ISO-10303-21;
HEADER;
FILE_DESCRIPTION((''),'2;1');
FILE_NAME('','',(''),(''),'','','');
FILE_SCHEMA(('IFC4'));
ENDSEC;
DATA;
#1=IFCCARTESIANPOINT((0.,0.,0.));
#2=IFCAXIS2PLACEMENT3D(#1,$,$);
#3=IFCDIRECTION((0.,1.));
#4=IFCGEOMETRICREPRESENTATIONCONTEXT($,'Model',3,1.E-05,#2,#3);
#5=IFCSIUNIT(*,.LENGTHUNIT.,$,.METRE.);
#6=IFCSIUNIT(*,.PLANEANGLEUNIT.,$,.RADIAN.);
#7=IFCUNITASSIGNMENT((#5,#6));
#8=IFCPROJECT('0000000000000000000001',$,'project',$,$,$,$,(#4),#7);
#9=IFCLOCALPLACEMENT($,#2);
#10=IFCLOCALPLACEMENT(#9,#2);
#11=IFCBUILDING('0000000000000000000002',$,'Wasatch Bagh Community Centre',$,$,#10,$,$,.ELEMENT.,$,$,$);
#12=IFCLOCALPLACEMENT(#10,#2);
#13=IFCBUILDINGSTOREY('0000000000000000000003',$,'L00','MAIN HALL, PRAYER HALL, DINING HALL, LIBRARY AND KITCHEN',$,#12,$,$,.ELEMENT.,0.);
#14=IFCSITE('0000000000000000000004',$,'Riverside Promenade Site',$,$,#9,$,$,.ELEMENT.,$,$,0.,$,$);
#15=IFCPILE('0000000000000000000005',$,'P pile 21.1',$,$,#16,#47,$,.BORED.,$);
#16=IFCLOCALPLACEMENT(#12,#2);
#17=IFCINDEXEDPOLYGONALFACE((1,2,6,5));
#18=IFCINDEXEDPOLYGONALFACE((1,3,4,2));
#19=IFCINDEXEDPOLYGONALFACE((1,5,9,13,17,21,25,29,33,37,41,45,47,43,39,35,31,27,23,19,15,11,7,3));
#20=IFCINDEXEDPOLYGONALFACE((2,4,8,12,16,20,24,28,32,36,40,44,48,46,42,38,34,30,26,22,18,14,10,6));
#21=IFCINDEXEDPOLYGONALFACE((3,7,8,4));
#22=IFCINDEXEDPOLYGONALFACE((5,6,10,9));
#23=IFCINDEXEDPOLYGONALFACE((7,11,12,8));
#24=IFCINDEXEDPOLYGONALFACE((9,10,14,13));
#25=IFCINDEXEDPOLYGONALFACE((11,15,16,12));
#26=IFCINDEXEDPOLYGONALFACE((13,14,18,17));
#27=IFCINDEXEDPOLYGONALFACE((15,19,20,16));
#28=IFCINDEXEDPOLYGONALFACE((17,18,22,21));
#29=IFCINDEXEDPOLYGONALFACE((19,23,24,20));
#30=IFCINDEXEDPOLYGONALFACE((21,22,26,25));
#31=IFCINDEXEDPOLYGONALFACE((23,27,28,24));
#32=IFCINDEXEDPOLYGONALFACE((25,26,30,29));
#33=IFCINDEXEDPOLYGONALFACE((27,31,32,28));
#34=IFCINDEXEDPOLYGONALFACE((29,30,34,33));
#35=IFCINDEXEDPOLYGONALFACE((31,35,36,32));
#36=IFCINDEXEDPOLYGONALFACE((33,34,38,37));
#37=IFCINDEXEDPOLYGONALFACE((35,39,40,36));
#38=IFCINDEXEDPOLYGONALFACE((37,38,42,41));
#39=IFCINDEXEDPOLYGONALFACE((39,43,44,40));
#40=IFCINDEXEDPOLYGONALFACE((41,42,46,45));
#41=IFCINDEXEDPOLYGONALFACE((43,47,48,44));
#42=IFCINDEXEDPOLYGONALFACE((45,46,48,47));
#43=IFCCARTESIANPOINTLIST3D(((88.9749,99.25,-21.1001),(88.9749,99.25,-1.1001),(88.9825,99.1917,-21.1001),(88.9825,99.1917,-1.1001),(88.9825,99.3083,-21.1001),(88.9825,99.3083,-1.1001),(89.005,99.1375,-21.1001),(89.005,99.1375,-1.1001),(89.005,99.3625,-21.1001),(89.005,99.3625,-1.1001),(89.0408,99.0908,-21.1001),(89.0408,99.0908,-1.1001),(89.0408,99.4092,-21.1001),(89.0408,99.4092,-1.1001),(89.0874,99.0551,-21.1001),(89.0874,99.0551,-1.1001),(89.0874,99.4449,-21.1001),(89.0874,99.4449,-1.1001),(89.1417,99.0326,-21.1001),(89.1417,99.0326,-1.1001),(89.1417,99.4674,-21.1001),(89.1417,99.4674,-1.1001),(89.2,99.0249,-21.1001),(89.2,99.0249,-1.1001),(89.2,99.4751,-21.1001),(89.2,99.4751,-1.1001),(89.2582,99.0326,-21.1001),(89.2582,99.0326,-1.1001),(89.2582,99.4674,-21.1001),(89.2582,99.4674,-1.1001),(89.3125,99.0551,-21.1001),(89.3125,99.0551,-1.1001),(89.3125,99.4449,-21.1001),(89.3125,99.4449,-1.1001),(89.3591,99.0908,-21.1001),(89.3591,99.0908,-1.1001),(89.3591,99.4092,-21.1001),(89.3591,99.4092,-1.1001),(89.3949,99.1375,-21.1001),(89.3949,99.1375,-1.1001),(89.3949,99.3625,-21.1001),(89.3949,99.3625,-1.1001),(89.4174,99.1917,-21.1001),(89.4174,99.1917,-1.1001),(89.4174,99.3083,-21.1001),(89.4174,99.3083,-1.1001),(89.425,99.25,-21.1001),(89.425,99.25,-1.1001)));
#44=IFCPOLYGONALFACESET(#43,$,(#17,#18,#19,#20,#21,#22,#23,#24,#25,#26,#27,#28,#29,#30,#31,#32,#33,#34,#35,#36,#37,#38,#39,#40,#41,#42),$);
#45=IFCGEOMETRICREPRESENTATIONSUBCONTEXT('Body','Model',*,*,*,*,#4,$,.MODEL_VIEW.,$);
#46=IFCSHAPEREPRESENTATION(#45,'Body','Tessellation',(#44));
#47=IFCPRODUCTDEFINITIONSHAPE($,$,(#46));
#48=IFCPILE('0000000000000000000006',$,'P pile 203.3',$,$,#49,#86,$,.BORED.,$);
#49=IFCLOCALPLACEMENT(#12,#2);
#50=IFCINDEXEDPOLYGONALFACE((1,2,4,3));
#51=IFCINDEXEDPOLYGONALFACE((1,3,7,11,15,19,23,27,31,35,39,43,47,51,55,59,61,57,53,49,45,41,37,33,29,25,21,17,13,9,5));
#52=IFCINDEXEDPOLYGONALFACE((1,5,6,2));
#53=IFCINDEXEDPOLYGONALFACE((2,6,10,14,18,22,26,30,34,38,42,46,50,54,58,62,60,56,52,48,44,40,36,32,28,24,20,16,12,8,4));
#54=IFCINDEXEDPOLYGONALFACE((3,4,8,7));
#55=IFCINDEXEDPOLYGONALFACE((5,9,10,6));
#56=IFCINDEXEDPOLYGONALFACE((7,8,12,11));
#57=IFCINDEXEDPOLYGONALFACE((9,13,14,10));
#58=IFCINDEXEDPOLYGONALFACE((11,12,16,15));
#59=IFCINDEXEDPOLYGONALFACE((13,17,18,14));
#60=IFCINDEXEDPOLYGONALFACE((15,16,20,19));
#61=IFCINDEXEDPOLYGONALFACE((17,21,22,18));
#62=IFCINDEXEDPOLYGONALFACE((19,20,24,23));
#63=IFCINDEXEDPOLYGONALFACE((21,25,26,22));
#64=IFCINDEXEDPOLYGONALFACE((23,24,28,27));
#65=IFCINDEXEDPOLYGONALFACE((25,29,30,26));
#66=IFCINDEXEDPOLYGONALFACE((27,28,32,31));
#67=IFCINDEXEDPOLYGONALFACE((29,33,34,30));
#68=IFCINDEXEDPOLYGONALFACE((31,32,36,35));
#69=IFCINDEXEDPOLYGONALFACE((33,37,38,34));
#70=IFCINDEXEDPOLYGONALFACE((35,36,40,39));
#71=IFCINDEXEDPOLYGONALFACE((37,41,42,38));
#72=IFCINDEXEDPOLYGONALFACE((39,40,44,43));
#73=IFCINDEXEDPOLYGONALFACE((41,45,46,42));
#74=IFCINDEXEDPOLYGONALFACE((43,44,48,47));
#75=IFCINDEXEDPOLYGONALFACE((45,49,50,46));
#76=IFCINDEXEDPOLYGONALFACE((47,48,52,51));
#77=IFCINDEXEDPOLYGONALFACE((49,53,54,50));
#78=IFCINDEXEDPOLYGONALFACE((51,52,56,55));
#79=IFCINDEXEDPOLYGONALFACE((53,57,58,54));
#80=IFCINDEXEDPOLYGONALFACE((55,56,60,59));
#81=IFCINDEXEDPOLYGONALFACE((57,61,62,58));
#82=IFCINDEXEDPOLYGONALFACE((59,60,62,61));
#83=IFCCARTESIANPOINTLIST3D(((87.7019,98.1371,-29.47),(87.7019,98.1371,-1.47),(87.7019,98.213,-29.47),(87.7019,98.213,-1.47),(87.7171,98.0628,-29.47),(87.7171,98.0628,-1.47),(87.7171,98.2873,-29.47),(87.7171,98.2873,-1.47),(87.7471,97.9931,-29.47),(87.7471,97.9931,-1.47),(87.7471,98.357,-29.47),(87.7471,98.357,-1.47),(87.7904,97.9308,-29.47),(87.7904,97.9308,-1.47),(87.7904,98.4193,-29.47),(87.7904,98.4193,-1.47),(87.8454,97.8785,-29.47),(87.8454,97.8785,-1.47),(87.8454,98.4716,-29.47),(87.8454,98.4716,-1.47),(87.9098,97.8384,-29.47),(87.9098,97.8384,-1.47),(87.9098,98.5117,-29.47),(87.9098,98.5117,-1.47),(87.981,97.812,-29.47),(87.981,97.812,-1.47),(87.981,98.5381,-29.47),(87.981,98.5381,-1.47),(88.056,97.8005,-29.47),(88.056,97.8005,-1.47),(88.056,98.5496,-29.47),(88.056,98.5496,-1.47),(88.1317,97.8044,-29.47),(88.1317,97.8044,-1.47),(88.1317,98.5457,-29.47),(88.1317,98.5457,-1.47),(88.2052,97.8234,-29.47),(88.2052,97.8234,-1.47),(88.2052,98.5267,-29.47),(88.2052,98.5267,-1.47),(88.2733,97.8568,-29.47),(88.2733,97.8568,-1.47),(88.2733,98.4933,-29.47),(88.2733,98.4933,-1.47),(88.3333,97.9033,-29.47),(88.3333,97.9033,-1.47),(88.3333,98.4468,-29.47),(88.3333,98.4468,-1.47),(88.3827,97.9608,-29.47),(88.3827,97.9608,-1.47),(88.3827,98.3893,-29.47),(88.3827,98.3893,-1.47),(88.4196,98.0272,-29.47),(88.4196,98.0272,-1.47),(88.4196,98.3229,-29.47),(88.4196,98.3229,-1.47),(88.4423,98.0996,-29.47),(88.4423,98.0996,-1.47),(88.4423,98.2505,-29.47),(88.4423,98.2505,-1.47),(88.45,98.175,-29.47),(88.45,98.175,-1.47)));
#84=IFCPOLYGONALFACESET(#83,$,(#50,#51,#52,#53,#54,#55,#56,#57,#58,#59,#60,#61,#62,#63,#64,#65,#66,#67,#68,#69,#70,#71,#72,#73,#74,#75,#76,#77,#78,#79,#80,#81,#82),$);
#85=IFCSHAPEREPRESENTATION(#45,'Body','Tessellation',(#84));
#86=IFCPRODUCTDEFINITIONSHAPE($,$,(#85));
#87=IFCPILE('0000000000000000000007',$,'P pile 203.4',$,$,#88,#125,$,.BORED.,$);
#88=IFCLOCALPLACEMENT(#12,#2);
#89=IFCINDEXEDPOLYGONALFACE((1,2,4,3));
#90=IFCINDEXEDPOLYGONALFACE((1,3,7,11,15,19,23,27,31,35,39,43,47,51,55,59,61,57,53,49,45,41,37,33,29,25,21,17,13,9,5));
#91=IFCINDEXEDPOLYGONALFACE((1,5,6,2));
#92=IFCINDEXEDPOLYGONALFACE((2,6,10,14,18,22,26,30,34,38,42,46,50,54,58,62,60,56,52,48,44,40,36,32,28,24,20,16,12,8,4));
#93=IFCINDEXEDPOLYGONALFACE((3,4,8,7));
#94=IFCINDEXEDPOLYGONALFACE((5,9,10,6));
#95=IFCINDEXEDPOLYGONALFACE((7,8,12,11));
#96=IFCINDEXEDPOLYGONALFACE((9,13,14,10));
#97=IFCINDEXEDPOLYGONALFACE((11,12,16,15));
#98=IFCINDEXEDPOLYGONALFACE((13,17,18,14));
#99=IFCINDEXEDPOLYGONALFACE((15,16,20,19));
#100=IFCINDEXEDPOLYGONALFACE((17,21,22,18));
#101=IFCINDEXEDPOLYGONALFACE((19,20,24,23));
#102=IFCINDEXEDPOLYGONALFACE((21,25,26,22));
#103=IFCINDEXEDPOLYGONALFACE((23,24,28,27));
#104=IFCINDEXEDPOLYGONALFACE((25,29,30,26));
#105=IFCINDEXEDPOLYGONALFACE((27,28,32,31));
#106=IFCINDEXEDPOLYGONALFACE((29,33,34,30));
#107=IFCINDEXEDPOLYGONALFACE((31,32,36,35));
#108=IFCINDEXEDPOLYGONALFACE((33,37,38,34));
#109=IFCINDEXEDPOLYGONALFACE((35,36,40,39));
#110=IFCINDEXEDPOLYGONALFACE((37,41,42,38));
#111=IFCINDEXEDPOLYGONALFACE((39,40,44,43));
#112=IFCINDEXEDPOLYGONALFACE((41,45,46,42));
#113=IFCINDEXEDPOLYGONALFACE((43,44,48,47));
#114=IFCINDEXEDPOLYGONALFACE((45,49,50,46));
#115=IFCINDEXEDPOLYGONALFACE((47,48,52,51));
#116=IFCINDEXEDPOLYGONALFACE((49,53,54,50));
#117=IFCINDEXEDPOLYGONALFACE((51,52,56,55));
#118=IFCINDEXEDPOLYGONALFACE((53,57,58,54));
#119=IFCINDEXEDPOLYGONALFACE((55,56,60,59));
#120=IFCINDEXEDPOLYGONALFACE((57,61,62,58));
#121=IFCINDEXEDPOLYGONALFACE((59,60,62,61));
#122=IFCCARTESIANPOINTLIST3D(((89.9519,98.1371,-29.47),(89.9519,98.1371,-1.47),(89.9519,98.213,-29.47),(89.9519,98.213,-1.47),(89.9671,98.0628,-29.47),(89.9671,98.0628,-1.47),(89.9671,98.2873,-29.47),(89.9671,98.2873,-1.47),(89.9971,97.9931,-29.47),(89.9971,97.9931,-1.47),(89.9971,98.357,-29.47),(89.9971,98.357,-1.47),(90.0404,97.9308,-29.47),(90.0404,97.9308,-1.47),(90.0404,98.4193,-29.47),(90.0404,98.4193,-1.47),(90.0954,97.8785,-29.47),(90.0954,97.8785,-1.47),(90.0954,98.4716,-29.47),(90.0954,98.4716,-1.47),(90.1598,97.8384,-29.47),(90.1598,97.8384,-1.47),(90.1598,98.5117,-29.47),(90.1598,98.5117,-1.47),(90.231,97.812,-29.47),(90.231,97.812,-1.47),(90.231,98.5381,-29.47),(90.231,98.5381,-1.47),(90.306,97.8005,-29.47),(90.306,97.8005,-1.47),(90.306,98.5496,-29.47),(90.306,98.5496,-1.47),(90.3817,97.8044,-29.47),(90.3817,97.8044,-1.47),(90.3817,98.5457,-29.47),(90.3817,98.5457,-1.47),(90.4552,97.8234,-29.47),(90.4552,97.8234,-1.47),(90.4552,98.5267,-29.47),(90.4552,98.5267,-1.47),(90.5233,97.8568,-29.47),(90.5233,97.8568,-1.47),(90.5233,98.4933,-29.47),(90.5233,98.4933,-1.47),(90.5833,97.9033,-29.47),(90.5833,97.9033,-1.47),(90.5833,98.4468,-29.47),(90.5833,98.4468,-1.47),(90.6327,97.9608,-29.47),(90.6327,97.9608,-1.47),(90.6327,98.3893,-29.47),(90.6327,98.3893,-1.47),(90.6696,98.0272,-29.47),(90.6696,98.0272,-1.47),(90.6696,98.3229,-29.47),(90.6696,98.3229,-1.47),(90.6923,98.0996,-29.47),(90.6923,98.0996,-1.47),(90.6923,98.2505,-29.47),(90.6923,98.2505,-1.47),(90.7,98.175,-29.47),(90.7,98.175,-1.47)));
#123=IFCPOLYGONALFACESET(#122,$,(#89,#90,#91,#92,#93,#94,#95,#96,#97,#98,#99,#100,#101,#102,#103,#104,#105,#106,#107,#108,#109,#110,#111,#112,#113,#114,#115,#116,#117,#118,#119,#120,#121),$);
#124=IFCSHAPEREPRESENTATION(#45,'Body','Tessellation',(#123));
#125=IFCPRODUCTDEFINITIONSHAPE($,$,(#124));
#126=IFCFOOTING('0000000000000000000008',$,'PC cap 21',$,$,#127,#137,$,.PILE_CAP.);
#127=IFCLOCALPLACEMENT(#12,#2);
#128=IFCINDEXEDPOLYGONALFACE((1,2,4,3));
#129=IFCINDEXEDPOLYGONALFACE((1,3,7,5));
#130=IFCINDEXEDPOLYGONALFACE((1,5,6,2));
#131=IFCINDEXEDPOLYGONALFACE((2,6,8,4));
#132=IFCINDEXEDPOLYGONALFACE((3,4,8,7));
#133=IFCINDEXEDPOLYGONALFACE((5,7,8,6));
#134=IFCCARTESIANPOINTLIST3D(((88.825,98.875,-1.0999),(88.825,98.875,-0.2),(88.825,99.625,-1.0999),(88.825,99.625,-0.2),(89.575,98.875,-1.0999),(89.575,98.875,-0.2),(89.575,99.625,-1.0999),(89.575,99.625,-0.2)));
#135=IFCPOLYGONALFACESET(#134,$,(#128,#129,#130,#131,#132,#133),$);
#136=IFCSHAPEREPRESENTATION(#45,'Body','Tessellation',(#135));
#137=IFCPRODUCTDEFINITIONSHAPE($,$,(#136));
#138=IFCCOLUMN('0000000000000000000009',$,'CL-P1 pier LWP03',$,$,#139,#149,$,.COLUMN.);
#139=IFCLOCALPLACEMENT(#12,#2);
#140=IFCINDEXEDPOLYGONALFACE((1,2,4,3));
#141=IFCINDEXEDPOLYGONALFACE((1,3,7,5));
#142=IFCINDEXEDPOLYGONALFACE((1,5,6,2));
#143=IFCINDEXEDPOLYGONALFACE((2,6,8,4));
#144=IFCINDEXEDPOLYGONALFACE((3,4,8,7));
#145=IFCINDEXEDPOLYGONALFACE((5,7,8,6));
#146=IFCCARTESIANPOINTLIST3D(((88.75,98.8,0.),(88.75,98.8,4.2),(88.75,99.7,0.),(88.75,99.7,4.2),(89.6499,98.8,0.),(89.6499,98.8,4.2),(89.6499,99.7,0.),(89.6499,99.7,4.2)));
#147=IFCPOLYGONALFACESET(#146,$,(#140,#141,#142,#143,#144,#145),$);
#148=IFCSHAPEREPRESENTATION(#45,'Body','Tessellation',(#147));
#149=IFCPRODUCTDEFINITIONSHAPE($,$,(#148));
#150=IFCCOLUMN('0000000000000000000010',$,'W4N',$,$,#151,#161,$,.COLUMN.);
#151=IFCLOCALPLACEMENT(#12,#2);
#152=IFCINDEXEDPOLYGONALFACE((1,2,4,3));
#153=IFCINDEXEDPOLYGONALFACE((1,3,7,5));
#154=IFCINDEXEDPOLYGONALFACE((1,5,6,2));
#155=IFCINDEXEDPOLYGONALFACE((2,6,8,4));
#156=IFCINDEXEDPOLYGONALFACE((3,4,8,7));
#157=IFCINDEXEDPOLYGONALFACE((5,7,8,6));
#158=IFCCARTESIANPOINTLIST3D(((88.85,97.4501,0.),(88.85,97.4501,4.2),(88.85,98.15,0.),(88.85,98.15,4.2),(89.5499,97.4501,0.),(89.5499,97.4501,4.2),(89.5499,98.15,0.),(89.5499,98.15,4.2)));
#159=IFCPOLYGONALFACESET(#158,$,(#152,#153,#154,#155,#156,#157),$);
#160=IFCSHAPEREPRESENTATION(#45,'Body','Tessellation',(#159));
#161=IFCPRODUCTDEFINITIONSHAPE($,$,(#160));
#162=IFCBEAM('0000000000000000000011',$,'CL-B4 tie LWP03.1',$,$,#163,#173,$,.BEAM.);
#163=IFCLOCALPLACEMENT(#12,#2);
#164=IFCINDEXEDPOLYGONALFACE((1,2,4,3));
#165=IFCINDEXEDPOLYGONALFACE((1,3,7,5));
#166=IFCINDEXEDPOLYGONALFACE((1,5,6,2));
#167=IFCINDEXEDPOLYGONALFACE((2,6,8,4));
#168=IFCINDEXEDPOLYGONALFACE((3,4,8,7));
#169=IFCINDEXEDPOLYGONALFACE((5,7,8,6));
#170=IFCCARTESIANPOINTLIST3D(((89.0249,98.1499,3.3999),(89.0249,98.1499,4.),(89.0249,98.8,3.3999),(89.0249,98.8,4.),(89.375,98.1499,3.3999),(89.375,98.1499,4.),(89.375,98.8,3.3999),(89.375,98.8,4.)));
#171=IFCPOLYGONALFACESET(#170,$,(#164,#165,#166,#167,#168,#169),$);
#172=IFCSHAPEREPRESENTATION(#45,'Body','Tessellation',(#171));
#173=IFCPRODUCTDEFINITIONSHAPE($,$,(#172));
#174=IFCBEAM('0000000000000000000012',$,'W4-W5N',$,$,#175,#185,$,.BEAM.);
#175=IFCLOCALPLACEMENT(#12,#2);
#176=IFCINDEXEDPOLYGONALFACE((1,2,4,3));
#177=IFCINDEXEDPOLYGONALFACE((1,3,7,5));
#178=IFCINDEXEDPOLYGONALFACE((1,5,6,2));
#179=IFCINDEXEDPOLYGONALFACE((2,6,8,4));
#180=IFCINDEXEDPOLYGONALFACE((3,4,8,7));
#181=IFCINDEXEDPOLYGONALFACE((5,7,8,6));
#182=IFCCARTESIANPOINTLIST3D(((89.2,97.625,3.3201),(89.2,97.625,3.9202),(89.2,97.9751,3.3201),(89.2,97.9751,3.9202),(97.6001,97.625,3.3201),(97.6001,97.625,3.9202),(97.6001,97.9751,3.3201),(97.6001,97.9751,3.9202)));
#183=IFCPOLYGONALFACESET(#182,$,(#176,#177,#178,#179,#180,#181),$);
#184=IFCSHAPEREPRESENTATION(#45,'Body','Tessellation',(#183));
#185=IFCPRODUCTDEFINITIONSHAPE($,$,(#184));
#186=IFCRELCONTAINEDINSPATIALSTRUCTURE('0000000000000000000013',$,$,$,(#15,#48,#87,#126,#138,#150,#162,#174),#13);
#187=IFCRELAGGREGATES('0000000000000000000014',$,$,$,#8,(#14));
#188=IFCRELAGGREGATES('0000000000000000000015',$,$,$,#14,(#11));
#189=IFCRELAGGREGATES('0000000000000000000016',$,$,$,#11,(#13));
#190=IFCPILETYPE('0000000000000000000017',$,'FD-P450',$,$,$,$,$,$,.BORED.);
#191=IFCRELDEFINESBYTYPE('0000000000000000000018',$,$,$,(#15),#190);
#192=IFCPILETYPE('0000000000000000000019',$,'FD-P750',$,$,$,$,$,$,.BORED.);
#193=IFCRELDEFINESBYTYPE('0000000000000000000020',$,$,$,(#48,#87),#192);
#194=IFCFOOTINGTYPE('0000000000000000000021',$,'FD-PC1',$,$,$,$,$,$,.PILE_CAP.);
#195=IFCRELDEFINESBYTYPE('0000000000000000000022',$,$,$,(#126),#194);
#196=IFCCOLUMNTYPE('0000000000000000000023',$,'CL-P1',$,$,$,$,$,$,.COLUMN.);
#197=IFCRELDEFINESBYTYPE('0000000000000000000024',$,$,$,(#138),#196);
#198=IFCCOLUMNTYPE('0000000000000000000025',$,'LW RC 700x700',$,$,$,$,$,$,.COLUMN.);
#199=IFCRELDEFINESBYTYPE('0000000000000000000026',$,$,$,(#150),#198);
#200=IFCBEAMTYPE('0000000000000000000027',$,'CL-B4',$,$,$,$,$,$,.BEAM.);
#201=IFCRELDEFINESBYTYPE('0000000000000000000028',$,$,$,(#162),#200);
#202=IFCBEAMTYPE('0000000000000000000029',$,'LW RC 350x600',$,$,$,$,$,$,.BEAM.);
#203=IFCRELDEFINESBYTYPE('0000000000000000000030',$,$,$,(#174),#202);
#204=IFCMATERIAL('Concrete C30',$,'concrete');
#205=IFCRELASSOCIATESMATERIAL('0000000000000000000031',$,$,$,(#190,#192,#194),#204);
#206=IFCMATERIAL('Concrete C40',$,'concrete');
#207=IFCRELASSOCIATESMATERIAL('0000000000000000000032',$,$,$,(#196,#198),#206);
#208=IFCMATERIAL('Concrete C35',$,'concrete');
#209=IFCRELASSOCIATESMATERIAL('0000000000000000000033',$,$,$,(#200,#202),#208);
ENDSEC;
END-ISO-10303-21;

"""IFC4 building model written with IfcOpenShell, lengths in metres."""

from ifc_helpers import new_model, si_unit, direction, frame, origin, origin_2d, place, context, subcontext, project, spatial, rectangle, circle, extrude, material, material_profile, profile_set, type_object, element, save


model = new_model("IFC4")

# Units and contexts
model_context = context("Model", 3, precision=1e-05, world=origin(), true_north=direction((0.0, 1.0)))
body_context = subcontext(model_context, "Body", "Model", "MODEL_VIEW")
ifc_project = project(units=[si_unit("LENGTHUNIT", "METRE"), si_unit("PLANEANGLEUNIT", "RADIAN")], contexts=[model_context])

# Site, building, storey
site_placement = place(None, origin())
site = spatial("IfcSite", under=ifc_project, at=site_placement, Name="Riverside Promenade Site", CompositionType="ELEMENT", RefElevation=0.0)
building_placement = place(site_placement, origin())
building = spatial("IfcBuilding", under=site, at=building_placement, Name="Wasatch Bagh Community Centre", CompositionType="ELEMENT")
storey_placement = place(building_placement, origin())
storey = spatial("IfcBuildingStorey", under=building, at=storey_placement, Name="L00", Description="MAIN HALL, PRAYER HALL, DINING HALL, LIBRARY AND KITCHEN", CompositionType="ELEMENT", Elevation=0.0)

# Piles
ifc_material_1 = material(Name="Concrete C30", Category="concrete")
ifc_material_profile_1 = material_profile(ifc_material_1, circle(Radius=0.2251, at=origin_2d()), Name="RC D450")
ifc_profile_set_1 = profile_set([ifc_material_profile_1], Name="Concrete C30")
pile_type_1 = type_object("IfcPileType", Name="FD-P450", PredefinedType="BORED", material=ifc_profile_set_1)
pile_placement = place(storey_placement, frame((89.2, 99.25, -1.1001), z_axis=(0.0, 0.0, -1.0), x_axis=(1.0, 0.0, 0.0)))
element("IfcPile", 1, at=pile_placement, inside=storey, type_object=pile_type_1, Name="P pile 21.1", PredefinedType="BORED", context=body_context, shape_type="SweptSolid", body=[
    extrude(circle(Radius=0.2251, at=origin_2d()), origin(), (0.0, 0.0, 1.0), 20.0),
])
ifc_material_profile_2 = material_profile(ifc_material_1, circle(Radius=0.375, at=origin_2d()), Name="RC D750")
ifc_profile_set_2 = profile_set([ifc_material_profile_2], Name="Concrete C30")
pile_type_2 = type_object("IfcPileType", Name="FD-P750", PredefinedType="BORED", material=ifc_profile_set_2)
for number, where, z_axis, x_axis, name in (
    (2, (88.075, 98.175, -1.47), (0.0, 0.0, -1.0), (1.0, 0.0, 0.0), "P pile 203.3"),
    (3, (90.325, 98.175, -1.47), (0.0, 0.0, -1.0), (1.0, 0.0, 0.0), "P pile 203.4"),
):
    element("IfcPile", number, at=place(storey_placement, frame(where, z_axis=z_axis, x_axis=x_axis)), inside=storey, type_object=pile_type_2, Name=name, PredefinedType="BORED", context=body_context, shape_type="SweptSolid", body=[
        extrude(circle(Radius=0.375, at=origin_2d()), origin(), (0.0, 0.0, 1.0), 28.0),
    ])

# Footing
footing_type = type_object("IfcFootingType", Name="FD-PC1", PredefinedType="PILE_CAP", material=ifc_material_1)
footing_placement = place(storey_placement, frame((89.2, 99.25, -1.0999), z_axis=(0.0, 0.0, 1.0), x_axis=(1.0, 0.0, 0.0)))
element("IfcFooting", 4, at=footing_placement, inside=storey, type_object=footing_type, Name="PC cap 21", PredefinedType="PILE_CAP", context=body_context, shape_type="SweptSolid", body=[
    extrude(rectangle(XDim=0.75, YDim=0.75, at=origin_2d()), origin(), (0.0, 0.0, 1.0), 0.8999),
])

# Columns
ifc_material_2 = material(Name="Concrete C40", Category="concrete")
ifc_material_profile_3 = material_profile(ifc_material_2, rectangle(XDim=0.8999, YDim=0.8999, at=origin_2d()), Name="RC 900x900")
ifc_profile_set_3 = profile_set([ifc_material_profile_3], Name="Concrete C40")
column_type_1 = type_object("IfcColumnType", Name="CL-P1", PredefinedType="COLUMN", material=ifc_profile_set_3)
column_1_placement = place(storey_placement, frame((89.2, 99.25, 0.0), z_axis=(0.0, 0.0, 1.0), x_axis=(1.0, 0.0, 0.0)))
element("IfcColumn", 5, at=column_1_placement, inside=storey, type_object=column_type_1, Name="CL-P1 pier LWP03", PredefinedType="COLUMN", context=body_context, shape_type="SweptSolid", body=[
    extrude(rectangle(XDim=0.8999, YDim=0.8999, at=origin_2d()), origin(), (0.0, 0.0, 1.0), 4.2),
])
ifc_material_profile_4 = material_profile(ifc_material_2, rectangle(XDim=0.7, YDim=0.7, at=origin_2d()), Name="RC 700x700")
ifc_profile_set_4 = profile_set([ifc_material_profile_4], Name="Concrete C40")
column_type_2 = type_object("IfcColumnType", Name="LW RC 700x700", PredefinedType="COLUMN", material=ifc_profile_set_4)
column_2_placement = place(storey_placement, frame((89.2, 97.8, 0.0), z_axis=(0.0, 0.0, 1.0), x_axis=(1.0, 0.0, 0.0)))
element("IfcColumn", 6, at=column_2_placement, inside=storey, type_object=column_type_2, Name="W4N", PredefinedType="COLUMN", context=body_context, shape_type="SweptSolid", body=[
    extrude(rectangle(XDim=0.7, YDim=0.7, at=origin_2d()), origin(), (0.0, 0.0, 1.0), 4.2),
])

# Beams
ifc_material_3 = material(Name="Concrete C35", Category="concrete")
ifc_material_profile_5 = material_profile(ifc_material_3, rectangle(XDim=0.3501, YDim=0.6001, at=origin_2d()), Name="RC 350x600")
ifc_profile_set_5 = profile_set([ifc_material_profile_5], Name="Concrete C35")
beam_type_1 = type_object("IfcBeamType", Name="CL-B4", PredefinedType="BEAM", material=ifc_profile_set_5)
beam_1_placement = place(storey_placement, frame((89.2, 98.1499, 3.7), z_axis=(0.0, 1.0, 0.0), x_axis=(-1.0, 0.0, 0.0)))
element("IfcBeam", 7, at=beam_1_placement, inside=storey, type_object=beam_type_1, Name="CL-B4 tie LWP03.1", PredefinedType="BEAM", context=body_context, shape_type="SweptSolid", body=[
    extrude(rectangle(XDim=0.3501, YDim=0.6001, at=origin_2d()), origin(), (0.0, 0.0, 1.0), 0.6501),
])
ifc_material_profile_6 = material_profile(ifc_material_3, rectangle(XDim=0.3501, YDim=0.6001, at=origin_2d()), Name="RC 350x600")
ifc_profile_set_6 = profile_set([ifc_material_profile_6], Name="Concrete C35")
beam_type_2 = type_object("IfcBeamType", Name="LW RC 350x600", PredefinedType="BEAM", material=ifc_profile_set_6)
beam_2_placement = place(storey_placement, frame((89.2, 97.8, 3.6201), z_axis=(1.0, 0.0, 0.0), x_axis=(0.0, 1.0, 0.0)))
element("IfcBeam", 8, at=beam_2_placement, inside=storey, type_object=beam_type_2, Name="W4-W5N", PredefinedType="BEAM", context=body_context, shape_type="SweptSolid", body=[
    extrude(rectangle(XDim=0.3501, YDim=0.6001, at=origin_2d()), origin(), (0.0, 0.0, 1.0), 8.4001),
])

save(model, "model.ifc")
